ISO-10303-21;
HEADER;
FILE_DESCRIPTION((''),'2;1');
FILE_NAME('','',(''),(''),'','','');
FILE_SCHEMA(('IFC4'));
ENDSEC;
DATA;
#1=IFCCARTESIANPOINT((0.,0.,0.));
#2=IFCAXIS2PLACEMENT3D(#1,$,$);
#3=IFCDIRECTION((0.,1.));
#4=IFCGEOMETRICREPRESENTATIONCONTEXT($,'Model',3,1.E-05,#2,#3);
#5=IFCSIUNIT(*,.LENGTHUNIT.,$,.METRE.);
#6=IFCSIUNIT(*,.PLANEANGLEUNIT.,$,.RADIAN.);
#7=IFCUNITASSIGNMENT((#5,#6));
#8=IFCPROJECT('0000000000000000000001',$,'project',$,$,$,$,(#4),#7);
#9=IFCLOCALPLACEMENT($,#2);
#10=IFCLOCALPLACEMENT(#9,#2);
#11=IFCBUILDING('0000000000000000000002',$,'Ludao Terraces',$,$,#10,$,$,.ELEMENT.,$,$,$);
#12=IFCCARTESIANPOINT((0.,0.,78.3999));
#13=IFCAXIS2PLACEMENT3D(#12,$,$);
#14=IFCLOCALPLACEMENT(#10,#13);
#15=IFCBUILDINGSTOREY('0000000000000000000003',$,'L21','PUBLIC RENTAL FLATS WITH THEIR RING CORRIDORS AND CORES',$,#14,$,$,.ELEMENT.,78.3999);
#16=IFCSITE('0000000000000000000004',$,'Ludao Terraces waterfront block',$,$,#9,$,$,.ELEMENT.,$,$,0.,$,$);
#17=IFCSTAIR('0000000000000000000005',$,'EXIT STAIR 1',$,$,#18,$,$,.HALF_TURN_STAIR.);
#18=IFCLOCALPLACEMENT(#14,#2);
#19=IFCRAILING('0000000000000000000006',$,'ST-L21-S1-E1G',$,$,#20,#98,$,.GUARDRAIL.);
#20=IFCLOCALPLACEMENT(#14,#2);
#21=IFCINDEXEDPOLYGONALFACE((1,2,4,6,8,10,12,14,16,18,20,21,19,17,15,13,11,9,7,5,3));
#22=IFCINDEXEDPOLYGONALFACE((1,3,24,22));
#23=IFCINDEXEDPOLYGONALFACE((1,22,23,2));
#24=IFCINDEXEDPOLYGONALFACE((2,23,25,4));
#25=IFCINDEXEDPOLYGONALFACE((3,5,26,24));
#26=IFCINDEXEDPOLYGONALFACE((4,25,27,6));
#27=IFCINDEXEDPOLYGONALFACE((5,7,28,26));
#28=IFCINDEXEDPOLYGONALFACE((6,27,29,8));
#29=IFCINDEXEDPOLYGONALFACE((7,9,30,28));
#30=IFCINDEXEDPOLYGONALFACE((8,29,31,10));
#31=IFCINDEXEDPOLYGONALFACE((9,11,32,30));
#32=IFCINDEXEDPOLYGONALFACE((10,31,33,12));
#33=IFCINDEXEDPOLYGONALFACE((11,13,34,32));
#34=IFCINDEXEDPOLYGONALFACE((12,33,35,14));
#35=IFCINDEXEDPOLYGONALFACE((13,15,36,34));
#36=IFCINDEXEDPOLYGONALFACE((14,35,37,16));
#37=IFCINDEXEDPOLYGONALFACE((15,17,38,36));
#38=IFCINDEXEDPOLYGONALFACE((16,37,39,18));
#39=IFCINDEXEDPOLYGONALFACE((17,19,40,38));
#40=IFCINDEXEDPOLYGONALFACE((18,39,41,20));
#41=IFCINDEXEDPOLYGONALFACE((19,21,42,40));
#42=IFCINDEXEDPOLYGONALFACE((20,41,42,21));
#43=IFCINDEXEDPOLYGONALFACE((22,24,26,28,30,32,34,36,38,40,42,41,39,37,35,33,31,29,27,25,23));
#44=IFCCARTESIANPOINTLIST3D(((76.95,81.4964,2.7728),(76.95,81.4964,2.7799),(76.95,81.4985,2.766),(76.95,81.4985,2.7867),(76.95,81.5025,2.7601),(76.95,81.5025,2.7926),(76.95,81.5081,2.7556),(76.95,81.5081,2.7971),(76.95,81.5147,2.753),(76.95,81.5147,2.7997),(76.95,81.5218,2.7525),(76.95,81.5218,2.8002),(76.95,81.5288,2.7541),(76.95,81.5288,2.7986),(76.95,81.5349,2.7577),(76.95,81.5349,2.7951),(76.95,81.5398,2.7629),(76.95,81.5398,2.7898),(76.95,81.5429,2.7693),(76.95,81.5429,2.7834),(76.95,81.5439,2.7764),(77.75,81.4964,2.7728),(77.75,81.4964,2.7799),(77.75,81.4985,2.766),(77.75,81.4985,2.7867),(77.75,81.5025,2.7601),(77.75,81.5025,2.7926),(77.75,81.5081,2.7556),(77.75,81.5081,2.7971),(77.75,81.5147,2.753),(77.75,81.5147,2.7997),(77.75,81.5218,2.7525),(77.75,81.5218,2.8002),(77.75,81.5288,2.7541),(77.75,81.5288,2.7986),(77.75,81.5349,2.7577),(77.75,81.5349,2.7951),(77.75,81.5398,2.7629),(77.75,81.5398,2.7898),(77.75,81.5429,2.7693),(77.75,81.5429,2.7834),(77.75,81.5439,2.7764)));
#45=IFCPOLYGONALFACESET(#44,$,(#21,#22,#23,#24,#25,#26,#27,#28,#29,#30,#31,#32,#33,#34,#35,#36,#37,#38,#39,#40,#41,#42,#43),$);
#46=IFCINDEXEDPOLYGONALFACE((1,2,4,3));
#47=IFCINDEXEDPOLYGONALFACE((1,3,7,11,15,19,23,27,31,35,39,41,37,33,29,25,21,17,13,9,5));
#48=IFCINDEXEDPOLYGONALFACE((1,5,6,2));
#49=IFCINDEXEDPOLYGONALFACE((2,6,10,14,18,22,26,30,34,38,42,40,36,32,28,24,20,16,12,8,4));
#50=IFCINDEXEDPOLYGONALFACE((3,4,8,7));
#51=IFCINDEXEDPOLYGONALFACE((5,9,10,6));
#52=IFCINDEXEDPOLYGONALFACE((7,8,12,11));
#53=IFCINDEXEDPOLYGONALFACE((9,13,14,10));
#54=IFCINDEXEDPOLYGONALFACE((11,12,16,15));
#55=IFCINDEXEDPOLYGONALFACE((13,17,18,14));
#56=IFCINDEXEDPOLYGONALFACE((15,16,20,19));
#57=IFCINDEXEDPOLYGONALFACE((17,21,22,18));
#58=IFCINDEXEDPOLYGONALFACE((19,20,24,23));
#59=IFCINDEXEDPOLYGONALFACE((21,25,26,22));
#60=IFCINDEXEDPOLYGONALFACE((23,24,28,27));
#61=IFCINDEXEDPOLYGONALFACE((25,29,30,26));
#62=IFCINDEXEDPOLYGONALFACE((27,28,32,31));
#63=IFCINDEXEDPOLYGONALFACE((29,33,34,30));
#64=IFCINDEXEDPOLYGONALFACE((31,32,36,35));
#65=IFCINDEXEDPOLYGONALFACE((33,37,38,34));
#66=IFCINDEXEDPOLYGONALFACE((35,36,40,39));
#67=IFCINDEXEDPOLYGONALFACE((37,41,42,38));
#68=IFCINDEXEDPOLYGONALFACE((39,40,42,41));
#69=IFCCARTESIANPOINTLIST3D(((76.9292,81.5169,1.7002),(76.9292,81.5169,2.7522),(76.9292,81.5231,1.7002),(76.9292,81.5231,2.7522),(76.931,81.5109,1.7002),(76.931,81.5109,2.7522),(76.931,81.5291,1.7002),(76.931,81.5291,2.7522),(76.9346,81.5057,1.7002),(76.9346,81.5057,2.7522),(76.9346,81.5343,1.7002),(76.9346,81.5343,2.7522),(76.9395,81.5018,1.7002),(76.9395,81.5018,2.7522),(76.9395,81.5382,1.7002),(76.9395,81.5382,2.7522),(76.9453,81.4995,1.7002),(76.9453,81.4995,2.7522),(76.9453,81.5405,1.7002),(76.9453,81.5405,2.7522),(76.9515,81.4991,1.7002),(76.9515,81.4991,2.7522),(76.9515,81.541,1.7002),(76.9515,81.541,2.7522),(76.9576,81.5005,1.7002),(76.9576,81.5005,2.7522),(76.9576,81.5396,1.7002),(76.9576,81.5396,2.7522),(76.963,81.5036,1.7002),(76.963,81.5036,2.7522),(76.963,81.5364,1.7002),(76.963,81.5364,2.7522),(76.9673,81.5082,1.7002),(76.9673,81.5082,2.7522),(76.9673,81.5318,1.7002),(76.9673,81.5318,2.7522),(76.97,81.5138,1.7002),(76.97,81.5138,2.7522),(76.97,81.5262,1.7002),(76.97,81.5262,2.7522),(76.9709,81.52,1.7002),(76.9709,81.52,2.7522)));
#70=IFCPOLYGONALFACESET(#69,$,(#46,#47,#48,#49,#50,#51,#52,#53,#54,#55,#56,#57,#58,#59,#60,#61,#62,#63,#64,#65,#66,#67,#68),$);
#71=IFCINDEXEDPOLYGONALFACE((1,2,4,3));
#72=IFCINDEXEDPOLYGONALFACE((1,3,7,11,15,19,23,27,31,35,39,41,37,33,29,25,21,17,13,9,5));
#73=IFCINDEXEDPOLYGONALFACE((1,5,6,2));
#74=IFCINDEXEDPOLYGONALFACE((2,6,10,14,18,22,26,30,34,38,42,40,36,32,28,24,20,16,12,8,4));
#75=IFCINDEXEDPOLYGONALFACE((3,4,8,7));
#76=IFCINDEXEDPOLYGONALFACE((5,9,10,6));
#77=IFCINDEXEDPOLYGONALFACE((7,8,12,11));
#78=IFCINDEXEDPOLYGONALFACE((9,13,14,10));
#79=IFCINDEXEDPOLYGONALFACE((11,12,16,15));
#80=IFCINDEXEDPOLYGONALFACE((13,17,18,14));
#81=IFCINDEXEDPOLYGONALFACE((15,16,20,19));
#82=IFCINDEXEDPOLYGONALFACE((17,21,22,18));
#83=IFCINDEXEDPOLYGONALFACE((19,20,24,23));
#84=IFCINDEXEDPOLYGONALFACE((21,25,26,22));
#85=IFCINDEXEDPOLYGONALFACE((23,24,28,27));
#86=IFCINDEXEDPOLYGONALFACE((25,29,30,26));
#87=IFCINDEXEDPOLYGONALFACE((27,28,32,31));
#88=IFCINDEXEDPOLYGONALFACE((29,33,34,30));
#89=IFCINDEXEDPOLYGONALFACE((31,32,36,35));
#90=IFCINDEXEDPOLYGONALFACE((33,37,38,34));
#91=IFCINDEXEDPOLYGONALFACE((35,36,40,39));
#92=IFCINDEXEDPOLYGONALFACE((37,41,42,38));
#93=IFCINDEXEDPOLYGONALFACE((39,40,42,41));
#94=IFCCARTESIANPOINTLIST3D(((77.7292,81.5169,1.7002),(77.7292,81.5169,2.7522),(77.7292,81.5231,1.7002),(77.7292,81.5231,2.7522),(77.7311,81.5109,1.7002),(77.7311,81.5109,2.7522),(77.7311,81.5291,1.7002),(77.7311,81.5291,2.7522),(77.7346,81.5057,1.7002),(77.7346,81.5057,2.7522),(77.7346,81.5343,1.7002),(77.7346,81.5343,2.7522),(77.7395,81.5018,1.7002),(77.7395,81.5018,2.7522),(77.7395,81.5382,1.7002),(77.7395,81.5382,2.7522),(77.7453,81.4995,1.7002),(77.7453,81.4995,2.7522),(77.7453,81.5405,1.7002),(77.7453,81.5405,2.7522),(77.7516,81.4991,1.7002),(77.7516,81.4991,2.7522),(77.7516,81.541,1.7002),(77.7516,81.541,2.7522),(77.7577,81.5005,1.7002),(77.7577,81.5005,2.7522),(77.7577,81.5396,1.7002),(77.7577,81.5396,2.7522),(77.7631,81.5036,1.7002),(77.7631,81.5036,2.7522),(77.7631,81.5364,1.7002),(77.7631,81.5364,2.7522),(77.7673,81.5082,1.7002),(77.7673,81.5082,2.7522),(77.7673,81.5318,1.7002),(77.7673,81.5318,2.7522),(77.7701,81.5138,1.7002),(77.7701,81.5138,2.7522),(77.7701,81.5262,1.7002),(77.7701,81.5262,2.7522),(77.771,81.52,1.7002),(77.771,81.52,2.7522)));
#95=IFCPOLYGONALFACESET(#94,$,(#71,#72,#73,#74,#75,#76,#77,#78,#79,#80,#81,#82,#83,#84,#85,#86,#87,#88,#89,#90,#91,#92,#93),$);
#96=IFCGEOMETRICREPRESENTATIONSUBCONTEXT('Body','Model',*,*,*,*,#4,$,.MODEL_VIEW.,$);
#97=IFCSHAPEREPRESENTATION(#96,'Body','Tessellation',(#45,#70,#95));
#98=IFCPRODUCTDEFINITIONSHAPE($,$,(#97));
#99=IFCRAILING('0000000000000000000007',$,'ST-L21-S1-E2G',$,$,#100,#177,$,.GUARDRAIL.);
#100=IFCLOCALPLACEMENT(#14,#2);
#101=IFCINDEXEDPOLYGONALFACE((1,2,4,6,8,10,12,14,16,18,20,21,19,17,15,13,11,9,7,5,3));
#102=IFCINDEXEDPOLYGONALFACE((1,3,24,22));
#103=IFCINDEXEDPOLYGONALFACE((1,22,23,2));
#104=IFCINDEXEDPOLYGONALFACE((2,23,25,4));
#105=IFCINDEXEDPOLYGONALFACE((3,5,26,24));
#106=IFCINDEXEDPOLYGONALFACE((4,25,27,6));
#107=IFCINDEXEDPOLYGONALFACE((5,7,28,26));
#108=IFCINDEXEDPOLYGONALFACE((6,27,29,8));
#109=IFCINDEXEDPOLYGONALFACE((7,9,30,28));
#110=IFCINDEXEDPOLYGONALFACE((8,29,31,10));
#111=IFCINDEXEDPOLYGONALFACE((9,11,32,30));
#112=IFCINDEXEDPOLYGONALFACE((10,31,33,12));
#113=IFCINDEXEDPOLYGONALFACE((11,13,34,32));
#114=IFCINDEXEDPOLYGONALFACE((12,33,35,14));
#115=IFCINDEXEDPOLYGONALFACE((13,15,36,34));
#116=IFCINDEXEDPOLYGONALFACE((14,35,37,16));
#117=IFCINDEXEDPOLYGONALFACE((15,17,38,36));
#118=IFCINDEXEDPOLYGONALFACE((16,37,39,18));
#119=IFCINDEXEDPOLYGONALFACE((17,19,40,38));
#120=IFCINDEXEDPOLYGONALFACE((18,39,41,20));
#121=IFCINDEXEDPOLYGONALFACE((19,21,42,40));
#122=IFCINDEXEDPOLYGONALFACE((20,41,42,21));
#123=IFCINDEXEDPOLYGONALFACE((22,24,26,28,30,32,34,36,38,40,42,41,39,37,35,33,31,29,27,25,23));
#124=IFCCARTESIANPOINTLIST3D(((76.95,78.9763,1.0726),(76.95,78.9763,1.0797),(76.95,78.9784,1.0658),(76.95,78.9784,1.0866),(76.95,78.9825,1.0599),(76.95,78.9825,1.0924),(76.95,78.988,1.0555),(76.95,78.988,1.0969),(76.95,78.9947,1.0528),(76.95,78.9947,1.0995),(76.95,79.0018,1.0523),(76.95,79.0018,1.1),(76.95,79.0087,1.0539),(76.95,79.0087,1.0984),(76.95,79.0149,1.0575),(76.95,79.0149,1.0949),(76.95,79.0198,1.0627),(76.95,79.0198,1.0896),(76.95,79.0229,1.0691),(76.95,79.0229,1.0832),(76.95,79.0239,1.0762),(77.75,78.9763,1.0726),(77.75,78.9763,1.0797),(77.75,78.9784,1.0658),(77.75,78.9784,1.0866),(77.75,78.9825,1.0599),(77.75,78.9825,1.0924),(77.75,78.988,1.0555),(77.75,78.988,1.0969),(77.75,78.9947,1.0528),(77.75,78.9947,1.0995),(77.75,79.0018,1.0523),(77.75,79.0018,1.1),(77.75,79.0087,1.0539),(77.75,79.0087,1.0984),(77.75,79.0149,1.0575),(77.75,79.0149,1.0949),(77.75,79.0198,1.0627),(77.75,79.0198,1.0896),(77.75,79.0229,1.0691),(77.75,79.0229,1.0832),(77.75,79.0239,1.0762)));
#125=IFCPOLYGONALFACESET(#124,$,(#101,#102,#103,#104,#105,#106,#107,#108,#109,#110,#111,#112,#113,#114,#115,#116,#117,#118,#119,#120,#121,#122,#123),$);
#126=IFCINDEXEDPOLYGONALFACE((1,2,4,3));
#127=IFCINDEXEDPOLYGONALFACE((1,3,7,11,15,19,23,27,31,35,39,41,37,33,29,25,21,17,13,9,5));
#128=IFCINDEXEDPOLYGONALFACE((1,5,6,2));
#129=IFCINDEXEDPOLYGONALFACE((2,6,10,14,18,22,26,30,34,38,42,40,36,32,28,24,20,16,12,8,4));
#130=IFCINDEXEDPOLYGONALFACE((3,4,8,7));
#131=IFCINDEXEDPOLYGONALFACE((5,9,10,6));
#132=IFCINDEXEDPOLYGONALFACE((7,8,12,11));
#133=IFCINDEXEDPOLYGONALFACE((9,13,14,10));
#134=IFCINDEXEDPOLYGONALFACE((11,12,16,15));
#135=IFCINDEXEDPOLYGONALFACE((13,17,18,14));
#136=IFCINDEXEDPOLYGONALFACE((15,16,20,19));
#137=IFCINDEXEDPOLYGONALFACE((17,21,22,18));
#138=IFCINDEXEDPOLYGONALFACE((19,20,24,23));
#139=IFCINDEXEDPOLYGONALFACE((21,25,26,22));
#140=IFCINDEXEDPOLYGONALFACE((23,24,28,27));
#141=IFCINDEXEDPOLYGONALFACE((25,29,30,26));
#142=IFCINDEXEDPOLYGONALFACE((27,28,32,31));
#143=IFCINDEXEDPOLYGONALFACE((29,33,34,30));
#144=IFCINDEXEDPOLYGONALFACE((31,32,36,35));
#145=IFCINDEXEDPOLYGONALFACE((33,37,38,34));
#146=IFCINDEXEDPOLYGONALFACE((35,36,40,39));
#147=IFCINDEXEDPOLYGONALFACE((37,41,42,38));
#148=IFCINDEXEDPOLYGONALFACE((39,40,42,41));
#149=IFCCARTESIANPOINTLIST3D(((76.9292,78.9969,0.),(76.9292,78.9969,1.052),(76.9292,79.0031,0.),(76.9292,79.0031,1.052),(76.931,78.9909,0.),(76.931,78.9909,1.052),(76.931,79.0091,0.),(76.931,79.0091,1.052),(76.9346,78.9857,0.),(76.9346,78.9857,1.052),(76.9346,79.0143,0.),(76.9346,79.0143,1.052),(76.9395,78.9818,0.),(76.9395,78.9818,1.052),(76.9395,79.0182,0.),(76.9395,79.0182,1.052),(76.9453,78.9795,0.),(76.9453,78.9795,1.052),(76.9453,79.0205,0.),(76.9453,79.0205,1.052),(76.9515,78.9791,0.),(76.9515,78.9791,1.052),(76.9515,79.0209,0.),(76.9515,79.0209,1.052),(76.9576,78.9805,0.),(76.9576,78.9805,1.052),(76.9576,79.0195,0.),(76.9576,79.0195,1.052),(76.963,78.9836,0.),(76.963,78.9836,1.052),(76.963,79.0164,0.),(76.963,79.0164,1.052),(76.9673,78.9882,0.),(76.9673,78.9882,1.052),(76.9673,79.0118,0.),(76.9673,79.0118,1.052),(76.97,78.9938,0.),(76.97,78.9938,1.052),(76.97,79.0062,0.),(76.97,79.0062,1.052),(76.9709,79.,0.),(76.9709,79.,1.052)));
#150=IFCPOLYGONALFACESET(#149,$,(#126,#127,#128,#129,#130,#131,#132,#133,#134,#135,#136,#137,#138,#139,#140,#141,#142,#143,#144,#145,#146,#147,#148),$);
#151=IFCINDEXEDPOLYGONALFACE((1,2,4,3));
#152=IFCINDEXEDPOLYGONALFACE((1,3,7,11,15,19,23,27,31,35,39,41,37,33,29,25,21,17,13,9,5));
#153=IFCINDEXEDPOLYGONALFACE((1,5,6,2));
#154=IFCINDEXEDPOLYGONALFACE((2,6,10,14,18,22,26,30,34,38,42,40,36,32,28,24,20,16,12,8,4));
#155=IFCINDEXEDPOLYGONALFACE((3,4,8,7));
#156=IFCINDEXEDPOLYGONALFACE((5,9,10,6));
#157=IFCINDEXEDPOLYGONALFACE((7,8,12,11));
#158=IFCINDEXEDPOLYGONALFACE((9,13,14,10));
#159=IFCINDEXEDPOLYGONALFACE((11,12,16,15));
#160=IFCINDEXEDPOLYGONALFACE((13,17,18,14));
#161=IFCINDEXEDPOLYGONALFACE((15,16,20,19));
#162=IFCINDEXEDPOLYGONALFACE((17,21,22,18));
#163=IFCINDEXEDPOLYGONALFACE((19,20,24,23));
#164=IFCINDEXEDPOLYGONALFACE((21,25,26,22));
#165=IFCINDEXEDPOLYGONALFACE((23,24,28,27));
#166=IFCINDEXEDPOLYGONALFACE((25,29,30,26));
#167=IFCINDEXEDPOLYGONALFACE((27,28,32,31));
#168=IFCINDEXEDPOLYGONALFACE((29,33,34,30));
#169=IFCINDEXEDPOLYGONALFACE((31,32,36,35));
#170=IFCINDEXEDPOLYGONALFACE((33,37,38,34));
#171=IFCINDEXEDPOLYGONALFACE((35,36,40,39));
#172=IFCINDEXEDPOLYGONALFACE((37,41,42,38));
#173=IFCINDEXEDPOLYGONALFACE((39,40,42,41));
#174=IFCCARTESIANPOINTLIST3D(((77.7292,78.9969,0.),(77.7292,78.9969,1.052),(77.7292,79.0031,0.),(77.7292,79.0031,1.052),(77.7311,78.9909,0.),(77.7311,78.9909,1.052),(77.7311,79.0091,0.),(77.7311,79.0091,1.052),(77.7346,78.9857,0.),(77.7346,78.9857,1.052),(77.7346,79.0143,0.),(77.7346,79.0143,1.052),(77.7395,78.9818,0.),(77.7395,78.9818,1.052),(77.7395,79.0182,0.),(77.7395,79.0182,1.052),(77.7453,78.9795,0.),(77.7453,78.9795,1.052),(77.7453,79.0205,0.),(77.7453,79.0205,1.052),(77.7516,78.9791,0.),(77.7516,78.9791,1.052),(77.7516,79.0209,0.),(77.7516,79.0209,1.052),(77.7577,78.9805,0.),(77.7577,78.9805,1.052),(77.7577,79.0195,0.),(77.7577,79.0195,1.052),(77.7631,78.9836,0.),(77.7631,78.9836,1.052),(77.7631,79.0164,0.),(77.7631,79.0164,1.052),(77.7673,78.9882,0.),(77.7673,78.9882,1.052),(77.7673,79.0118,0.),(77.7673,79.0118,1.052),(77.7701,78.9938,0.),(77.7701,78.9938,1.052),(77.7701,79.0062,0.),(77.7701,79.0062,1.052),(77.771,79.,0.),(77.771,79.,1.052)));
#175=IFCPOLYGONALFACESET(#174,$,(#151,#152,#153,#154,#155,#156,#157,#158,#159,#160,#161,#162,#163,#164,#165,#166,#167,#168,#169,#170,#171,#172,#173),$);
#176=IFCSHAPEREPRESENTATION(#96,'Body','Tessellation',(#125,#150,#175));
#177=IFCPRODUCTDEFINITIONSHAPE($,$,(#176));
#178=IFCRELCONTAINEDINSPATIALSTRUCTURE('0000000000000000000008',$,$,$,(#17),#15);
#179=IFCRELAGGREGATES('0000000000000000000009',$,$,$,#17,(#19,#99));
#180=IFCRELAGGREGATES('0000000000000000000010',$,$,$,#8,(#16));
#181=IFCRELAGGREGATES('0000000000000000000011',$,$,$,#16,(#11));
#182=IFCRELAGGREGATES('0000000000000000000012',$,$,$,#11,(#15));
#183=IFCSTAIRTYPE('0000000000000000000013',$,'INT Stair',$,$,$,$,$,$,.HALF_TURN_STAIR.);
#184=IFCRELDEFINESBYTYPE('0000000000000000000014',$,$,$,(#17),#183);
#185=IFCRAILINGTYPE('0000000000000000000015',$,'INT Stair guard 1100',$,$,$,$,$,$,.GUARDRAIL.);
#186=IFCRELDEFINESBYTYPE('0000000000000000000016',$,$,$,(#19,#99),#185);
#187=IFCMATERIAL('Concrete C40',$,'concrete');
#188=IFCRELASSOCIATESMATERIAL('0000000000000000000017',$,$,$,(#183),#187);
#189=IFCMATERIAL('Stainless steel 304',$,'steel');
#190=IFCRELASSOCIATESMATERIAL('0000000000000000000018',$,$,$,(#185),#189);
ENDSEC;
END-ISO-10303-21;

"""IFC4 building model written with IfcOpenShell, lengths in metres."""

from ifc_helpers import new_model, si_unit, direction, frame, origin, origin_2d, place, context, subcontext, project, spatial, circle, extrude, material, type_object, element, aggregate, save


model = new_model("IFC4")

# Units and contexts
model_context = context("Model", 3, precision=1e-05, world=origin(), true_north=direction((0.0, 1.0)))
body_context = subcontext(model_context, "Body", "Model", "MODEL_VIEW")
ifc_project = project(units=[si_unit("LENGTHUNIT", "METRE"), si_unit("PLANEANGLEUNIT", "RADIAN")], contexts=[model_context])

# Site, building, storey
site_placement = place(None, origin())
site = spatial("IfcSite", under=ifc_project, at=site_placement, Name="Ludao Terraces waterfront block", CompositionType="ELEMENT", RefElevation=0.0)
building_placement = place(site_placement, origin())
building = spatial("IfcBuilding", under=site, at=building_placement, Name="Ludao Terraces", CompositionType="ELEMENT")
storey_placement = place(building_placement, frame((0.0, 0.0, 78.3999)))
storey = spatial("IfcBuildingStorey", under=building, at=storey_placement, Name="L21", Description="PUBLIC RENTAL FLATS WITH THEIR RING CORRIDORS AND CORES", CompositionType="ELEMENT", Elevation=78.3999)

# Shared definitions
ifc_material_1 = material(Name="Stainless steel 304", Category="steel")

# Stair, railings
ifc_material_2 = material(Name="Concrete C40", Category="concrete")
stair_type = type_object("IfcStairType", Name="INT Stair", PredefinedType="HALF_TURN_STAIR", material=ifc_material_2)
stair_placement = place(storey_placement, origin())
stair = element("IfcStair", 1, at=stair_placement, inside=storey, type_object=stair_type, Name="EXIT STAIR 1", PredefinedType="HALF_TURN_STAIR")
railing_type_1 = type_object("IfcRailingType", Name="INT Stair guard 1100", PredefinedType="GUARDRAIL", material=ifc_material_1)
railing_1_placement = place(storey_placement, frame((76.95, 81.52, 1.7002)))
railing_1 = element("IfcRailing", 2, at=railing_1_placement, type_object=railing_type_1, Name="ST-L21-S1-E1G", PredefinedType="GUARDRAIL", context=body_context, shape_type="SweptSolid", body=[
    extrude(circle(Radius=0.0239, at=origin_2d()), frame((0.0, 0.0, 1.0762), z_axis=(1.0, 0.0, 0.0), x_axis=(0.0, 1.0, 0.0)), (0.0, 0.0, 1.0), 0.8),
    extrude(circle(Radius=0.021, at=origin_2d()), origin(), (0.0, 0.0, 1.0), 1.052),
    extrude(circle(Radius=0.021, at=origin_2d()), frame((0.8, 0.0, 0.0)), (0.0, 0.0, 1.0), 1.052),
])
railing_2_placement = place(storey_placement, frame((76.95, 79.0, 0.0)))
railing_2 = element("IfcRailing", 3, at=railing_2_placement, type_object=railing_type_1, Name="ST-L21-S1-E2G", PredefinedType="GUARDRAIL", context=body_context, shape_type="SweptSolid", body=[
    extrude(circle(Radius=0.0239, at=origin_2d()), frame((0.0, 0.0, 1.0762), z_axis=(1.0, 0.0, 0.0), x_axis=(0.0, 1.0, 0.0)), (0.0, 0.0, 1.0), 0.8),
    extrude(circle(Radius=0.021, at=origin_2d()), origin(), (0.0, 0.0, 1.0), 1.052),
    extrude(circle(Radius=0.021, at=origin_2d()), frame((0.8, 0.0, 0.0)), (0.0, 0.0, 1.0), 1.052),
])
aggregate(stair, [railing_1, railing_2])

save(model, "model.ifc")
